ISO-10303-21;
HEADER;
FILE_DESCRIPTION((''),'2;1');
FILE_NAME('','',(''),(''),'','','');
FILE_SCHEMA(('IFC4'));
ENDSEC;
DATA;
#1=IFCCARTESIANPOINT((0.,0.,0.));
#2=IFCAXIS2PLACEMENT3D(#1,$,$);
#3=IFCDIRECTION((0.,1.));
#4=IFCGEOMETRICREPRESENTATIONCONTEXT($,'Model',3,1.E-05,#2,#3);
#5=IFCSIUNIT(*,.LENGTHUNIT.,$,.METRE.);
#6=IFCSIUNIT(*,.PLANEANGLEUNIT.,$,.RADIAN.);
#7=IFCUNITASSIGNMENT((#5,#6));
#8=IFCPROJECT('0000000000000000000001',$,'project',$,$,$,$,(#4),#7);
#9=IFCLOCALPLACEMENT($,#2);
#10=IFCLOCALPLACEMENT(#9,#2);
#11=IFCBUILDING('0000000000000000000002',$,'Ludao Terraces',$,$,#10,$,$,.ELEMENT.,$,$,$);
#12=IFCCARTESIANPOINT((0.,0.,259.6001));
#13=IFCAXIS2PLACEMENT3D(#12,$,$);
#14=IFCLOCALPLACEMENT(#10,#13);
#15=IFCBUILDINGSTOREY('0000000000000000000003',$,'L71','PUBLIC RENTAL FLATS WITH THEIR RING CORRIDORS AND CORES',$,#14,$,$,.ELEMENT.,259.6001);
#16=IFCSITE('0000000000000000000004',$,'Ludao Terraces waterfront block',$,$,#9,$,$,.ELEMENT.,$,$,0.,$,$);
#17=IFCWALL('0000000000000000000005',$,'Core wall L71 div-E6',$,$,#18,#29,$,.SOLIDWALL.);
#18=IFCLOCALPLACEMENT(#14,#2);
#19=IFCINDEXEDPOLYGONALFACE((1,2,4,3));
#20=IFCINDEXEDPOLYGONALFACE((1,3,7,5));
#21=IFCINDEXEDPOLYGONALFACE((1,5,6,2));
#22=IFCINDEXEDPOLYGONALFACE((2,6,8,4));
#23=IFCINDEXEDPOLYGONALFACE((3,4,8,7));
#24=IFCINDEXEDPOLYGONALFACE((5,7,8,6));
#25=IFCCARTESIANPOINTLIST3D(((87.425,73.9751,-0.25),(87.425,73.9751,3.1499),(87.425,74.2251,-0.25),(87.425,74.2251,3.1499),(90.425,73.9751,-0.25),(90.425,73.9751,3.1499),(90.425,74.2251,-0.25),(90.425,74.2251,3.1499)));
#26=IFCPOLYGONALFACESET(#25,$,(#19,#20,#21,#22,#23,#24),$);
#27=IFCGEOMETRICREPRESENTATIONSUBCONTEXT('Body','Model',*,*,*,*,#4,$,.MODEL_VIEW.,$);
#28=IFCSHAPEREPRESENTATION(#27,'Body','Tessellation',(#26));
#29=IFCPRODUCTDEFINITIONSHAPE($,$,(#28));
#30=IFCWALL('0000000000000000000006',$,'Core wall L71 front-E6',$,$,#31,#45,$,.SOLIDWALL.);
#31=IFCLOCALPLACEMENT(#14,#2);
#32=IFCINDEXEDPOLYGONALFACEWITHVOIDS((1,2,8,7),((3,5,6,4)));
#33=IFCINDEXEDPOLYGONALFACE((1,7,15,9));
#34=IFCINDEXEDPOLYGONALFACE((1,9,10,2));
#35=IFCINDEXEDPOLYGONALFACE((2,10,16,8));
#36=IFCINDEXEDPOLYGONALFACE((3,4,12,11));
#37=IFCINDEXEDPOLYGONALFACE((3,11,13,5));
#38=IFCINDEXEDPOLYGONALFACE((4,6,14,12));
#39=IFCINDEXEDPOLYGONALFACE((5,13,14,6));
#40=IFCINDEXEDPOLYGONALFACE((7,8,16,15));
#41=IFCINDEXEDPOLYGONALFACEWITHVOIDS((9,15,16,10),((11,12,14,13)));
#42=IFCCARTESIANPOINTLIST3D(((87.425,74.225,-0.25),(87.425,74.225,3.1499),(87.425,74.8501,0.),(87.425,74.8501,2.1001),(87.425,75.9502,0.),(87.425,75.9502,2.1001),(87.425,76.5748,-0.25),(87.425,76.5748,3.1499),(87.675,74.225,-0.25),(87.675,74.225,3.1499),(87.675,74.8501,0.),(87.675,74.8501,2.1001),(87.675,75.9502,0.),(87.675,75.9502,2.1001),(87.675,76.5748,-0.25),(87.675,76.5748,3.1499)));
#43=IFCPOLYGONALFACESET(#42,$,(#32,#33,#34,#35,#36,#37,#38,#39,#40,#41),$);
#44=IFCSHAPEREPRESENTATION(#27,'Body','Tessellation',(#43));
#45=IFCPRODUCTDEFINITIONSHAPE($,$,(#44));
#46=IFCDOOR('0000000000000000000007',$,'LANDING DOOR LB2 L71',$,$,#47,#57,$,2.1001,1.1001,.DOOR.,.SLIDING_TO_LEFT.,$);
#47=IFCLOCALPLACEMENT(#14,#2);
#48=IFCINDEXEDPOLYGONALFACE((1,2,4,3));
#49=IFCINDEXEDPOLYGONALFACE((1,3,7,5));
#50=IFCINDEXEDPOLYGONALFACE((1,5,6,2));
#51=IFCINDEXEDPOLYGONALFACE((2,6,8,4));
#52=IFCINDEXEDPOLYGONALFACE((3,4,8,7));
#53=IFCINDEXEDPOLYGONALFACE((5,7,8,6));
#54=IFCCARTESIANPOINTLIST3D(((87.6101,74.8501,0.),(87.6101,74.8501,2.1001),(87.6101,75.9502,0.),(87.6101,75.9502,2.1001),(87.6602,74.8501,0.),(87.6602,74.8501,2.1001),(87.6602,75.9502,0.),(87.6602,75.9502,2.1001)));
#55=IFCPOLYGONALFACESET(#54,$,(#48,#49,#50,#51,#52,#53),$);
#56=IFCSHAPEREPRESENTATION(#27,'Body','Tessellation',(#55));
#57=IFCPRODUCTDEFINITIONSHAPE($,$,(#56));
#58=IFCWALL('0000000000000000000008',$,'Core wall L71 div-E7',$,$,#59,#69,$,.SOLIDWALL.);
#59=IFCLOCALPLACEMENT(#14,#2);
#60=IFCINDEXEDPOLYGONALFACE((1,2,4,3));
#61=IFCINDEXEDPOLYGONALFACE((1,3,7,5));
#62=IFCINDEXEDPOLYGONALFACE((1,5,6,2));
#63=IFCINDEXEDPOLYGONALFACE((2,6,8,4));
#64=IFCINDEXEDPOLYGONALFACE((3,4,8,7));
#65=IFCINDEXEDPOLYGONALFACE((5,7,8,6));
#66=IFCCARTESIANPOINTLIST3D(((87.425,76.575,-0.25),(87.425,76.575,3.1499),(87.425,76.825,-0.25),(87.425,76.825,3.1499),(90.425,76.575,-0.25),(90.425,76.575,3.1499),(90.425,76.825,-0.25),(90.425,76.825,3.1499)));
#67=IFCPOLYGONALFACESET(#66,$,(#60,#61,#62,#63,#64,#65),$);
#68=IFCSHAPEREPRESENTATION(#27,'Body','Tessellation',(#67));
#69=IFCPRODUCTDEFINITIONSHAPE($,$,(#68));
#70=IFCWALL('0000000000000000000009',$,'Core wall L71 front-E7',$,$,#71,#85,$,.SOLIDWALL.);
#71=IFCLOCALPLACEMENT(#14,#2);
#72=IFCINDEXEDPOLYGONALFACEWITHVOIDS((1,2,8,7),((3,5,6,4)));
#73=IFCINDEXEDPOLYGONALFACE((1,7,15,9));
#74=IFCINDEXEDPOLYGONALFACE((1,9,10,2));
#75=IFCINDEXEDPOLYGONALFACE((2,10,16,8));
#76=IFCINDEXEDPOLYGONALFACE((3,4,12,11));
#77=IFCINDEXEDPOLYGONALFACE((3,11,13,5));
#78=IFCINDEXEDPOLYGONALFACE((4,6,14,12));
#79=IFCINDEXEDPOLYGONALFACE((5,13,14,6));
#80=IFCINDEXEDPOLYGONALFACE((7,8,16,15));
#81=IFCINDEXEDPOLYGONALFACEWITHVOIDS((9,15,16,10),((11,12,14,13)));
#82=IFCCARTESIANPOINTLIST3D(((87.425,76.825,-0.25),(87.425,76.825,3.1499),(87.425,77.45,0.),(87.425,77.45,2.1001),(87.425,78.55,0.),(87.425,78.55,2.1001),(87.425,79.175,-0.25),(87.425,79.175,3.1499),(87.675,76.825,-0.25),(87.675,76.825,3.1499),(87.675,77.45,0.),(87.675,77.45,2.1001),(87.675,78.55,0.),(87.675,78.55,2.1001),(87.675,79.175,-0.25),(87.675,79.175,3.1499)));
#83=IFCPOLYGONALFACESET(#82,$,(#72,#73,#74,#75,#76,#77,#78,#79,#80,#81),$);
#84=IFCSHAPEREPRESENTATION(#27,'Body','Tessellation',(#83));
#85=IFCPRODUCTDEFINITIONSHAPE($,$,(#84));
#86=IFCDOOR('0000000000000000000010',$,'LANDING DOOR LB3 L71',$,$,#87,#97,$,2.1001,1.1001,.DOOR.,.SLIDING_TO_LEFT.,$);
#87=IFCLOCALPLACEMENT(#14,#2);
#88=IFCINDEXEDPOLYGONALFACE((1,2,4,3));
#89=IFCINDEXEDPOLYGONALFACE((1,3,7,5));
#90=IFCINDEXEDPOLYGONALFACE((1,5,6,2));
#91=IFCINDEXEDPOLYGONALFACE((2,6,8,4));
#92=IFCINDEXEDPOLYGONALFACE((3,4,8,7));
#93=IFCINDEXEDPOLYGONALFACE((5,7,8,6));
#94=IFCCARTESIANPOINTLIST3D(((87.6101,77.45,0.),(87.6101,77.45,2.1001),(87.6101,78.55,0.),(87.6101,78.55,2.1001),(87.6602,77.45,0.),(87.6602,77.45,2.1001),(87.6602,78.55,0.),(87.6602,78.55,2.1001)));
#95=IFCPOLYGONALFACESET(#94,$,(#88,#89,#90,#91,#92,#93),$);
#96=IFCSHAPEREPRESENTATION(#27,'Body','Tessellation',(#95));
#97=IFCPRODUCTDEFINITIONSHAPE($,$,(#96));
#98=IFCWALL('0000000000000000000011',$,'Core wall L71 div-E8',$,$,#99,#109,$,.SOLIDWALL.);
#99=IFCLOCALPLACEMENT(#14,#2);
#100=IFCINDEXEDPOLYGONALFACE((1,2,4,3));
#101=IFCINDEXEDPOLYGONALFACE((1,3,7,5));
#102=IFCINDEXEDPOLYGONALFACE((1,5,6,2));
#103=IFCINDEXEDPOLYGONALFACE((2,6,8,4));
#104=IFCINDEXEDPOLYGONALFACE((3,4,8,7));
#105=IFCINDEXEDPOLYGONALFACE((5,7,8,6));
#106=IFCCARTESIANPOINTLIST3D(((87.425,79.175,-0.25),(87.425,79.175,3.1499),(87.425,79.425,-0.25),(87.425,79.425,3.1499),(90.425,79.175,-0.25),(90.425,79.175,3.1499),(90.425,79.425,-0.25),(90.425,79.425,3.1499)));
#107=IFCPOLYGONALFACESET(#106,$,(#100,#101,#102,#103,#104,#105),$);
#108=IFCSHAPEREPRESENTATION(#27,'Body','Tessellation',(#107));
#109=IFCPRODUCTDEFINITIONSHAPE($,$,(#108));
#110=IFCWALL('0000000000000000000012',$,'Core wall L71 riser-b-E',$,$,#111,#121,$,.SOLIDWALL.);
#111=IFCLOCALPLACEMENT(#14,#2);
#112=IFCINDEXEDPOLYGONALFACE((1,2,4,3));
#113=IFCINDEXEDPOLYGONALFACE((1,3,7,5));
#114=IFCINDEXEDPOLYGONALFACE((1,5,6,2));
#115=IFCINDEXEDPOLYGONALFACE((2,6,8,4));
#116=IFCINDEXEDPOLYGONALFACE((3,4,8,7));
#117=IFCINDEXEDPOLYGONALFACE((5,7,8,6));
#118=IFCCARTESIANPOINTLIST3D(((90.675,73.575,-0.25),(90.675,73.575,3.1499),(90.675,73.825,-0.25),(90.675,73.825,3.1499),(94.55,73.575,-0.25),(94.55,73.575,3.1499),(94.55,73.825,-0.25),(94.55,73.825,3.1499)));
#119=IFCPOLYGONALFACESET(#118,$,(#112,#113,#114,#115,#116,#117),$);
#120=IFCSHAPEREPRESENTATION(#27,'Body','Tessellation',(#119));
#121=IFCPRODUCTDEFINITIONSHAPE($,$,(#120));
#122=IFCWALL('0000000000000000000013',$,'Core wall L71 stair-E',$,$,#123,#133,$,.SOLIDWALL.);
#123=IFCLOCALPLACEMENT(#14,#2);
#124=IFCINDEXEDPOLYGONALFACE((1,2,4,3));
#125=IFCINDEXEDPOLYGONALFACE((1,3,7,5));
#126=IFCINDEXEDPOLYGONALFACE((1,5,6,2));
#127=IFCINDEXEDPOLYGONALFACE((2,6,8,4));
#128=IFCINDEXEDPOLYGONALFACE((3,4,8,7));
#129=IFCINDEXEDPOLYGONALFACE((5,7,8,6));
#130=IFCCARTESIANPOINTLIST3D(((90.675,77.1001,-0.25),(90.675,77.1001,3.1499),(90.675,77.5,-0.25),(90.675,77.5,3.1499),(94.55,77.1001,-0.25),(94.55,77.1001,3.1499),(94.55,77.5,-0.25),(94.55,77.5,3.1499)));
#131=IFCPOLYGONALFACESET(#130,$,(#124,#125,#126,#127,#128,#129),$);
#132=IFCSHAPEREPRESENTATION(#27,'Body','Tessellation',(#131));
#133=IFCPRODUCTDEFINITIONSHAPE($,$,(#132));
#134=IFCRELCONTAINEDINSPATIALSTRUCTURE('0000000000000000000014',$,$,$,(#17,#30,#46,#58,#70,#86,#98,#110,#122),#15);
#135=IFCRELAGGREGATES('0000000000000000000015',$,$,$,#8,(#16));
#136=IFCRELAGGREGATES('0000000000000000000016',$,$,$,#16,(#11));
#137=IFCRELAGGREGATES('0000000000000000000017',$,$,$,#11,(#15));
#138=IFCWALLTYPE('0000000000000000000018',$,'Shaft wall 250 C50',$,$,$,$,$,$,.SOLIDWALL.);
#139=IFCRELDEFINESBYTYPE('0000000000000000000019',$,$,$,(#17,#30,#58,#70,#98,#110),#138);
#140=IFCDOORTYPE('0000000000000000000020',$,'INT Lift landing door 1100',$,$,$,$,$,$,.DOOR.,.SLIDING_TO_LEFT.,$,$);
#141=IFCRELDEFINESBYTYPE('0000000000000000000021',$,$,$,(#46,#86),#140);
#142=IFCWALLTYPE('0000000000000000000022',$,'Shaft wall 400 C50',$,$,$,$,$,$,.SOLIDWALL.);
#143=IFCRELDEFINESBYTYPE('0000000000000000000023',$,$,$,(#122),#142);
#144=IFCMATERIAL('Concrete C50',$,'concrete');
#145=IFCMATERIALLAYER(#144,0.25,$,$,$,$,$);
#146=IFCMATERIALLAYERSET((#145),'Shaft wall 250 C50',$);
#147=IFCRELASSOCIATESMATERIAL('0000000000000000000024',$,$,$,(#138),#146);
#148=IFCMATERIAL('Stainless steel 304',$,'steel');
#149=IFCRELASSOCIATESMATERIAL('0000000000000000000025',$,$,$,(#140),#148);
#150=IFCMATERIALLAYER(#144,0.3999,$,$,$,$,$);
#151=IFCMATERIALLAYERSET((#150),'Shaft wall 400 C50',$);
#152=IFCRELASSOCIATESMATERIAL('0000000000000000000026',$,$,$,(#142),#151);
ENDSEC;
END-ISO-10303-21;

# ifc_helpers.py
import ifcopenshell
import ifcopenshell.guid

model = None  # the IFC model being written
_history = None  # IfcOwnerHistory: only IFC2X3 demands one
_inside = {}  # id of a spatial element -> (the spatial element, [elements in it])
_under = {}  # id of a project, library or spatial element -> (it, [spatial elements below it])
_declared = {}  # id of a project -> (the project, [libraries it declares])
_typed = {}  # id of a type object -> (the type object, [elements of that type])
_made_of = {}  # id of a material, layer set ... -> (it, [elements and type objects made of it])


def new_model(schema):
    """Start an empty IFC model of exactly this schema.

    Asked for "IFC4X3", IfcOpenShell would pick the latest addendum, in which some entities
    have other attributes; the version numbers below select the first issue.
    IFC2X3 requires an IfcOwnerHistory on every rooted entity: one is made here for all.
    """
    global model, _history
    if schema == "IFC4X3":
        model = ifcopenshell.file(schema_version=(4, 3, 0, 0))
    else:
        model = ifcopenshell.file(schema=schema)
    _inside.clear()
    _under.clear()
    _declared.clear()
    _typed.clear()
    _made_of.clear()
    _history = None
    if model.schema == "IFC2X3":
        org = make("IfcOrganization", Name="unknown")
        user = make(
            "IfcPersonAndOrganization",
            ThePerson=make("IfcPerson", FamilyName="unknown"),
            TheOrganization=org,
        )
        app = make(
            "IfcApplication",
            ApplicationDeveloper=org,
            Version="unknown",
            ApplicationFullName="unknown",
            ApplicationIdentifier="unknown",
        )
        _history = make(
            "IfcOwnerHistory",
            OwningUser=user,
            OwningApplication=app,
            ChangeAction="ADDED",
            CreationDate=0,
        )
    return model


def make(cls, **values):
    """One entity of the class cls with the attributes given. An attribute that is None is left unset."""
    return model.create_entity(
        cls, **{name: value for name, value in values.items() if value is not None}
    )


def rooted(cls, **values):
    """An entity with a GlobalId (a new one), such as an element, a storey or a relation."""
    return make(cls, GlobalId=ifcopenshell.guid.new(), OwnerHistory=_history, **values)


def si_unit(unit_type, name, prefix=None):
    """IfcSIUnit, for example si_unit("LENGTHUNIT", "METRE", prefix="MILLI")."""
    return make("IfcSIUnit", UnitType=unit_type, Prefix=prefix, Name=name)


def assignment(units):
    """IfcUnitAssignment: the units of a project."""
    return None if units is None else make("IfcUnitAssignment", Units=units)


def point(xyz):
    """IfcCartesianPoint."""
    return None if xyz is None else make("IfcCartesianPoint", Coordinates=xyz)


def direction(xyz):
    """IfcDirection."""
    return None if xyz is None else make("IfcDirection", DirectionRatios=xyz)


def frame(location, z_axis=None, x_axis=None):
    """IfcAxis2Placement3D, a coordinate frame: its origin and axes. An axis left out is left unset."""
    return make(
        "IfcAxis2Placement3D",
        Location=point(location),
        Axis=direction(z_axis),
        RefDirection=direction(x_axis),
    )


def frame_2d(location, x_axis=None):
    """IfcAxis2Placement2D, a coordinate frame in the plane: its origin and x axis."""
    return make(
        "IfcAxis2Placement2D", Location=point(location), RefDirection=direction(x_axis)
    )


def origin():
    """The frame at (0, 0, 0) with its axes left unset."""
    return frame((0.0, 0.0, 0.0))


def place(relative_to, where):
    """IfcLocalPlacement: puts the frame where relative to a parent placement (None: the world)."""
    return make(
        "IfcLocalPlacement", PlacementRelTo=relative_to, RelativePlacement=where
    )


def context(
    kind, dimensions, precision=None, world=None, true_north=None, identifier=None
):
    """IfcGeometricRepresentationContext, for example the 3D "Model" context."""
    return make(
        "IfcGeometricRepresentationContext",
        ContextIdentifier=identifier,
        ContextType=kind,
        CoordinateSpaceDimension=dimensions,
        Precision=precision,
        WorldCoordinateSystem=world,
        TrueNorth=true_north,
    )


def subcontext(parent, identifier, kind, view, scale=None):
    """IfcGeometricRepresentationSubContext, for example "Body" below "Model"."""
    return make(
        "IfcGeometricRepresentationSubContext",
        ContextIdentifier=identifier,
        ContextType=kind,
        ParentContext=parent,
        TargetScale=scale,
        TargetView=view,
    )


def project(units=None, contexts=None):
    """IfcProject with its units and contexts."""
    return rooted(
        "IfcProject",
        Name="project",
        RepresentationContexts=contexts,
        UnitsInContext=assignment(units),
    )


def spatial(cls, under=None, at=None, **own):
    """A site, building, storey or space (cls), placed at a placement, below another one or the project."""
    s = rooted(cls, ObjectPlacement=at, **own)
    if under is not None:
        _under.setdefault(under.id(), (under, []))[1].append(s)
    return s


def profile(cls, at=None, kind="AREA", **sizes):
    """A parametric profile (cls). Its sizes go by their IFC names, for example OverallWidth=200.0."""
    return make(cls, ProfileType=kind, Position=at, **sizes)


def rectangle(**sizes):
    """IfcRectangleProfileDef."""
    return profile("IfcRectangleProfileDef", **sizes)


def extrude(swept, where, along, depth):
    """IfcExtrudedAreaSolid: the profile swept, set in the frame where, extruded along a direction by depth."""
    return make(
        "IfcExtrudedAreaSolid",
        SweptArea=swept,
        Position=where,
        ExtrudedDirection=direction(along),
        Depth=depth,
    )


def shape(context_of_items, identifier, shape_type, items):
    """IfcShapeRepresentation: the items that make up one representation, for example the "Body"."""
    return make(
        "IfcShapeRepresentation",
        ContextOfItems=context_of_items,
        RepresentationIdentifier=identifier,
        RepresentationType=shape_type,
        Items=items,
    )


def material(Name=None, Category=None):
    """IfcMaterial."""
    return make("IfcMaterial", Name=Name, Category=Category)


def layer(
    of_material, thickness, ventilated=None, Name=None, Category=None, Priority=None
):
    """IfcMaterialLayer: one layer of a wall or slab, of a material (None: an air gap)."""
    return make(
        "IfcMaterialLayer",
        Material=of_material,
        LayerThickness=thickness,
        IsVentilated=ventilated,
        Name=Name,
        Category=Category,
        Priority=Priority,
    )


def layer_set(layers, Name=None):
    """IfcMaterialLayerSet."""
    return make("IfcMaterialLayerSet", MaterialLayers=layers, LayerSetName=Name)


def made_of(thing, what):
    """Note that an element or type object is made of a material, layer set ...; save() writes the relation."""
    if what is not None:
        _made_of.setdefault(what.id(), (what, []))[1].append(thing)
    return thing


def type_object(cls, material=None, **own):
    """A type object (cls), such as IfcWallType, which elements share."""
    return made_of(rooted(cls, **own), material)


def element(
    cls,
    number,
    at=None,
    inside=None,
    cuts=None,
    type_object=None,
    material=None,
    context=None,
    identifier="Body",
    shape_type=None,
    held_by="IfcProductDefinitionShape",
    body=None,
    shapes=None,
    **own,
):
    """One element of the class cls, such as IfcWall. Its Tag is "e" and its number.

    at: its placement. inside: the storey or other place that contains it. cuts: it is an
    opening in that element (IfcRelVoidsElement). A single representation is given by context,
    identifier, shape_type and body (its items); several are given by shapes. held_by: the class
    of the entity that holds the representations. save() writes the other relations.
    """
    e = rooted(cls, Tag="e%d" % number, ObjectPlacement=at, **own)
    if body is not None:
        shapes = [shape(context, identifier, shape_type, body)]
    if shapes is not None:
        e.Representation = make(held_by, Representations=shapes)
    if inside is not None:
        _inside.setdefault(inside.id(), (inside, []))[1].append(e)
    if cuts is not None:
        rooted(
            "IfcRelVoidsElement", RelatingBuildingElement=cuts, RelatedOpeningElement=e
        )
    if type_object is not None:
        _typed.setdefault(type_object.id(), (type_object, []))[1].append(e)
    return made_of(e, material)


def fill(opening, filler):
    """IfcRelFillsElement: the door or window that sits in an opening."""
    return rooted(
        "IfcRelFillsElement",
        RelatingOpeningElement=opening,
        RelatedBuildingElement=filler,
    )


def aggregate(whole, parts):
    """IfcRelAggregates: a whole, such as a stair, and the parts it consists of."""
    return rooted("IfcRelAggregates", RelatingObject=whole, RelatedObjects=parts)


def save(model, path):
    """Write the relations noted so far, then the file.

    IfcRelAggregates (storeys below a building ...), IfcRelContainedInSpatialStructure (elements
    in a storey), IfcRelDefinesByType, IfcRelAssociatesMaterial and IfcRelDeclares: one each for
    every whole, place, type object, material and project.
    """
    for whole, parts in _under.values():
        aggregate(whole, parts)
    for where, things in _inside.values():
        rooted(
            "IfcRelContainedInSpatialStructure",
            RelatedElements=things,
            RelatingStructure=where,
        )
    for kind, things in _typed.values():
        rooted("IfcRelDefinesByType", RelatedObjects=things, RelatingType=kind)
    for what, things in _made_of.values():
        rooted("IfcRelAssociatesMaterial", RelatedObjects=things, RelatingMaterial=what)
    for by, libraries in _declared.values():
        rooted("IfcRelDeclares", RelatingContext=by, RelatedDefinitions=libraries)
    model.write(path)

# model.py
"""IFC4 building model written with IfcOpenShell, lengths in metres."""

from ifc_helpers import new_model, si_unit, direction, frame, frame_2d, origin, place, context, subcontext, project, spatial, rectangle, extrude, material, layer, layer_set, type_object, element, fill, save


model = new_model("IFC4")

# Units and contexts
model_context = context("Model", 3, precision=1e-05, world=origin(), true_north=direction((0.0, 1.0)))
body_context = subcontext(model_context, "Body", "Model", "MODEL_VIEW")
ifc_project = project(units=[si_unit("LENGTHUNIT", "METRE"), si_unit("PLANEANGLEUNIT", "RADIAN")], contexts=[model_context])

# Site, building, storey
site_placement = place(None, origin())
site = spatial("IfcSite", under=ifc_project, at=site_placement, Name="Ludao Terraces waterfront block", CompositionType="ELEMENT", RefElevation=0.0)
building_placement = place(site_placement, origin())
building = spatial("IfcBuilding", under=site, at=building_placement, Name="Ludao Terraces", CompositionType="ELEMENT")
storey_placement = place(building_placement, frame((0.0, 0.0, 259.6001)))
storey = spatial("IfcBuildingStorey", under=building, at=storey_placement, Name="L71", Description="PUBLIC RENTAL FLATS WITH THEIR RING CORRIDORS AND CORES", CompositionType="ELEMENT", Elevation=259.6001)

# Shared definitions
ifc_material_1 = material(Name="Concrete C50", Category="concrete")
ifc_layer_1 = layer(ifc_material_1, 0.25)
ifc_layer_set_1 = layer_set([ifc_layer_1], Name="Shaft wall 250 C50")
wall_type_1 = type_object("IfcWallType", Name="Shaft wall 250 C50", PredefinedType="SOLIDWALL", material=ifc_layer_set_1)

# Shared definitions
ifc_material_2 = material(Name="Stainless steel 304", Category="steel")
door_type_1 = type_object("IfcDoorType", Name="INT Lift landing door 1100", OperationType="SLIDING_TO_LEFT", PredefinedType="DOOR", material=ifc_material_2)

# Wall
wall_1_placement = place(storey_placement, frame((87.425, 74.1001, -0.25), z_axis=(0.0, 0.0, 1.0), x_axis=(1.0, 0.0, 0.0)))
element("IfcWall", 1, at=wall_1_placement, inside=storey, type_object=wall_type_1, Name="Core wall L71 div-E6", PredefinedType="SOLIDWALL", context=body_context, shape_type="SweptSolid", body=[
    extrude(rectangle(XDim=3.0, YDim=0.25, at=frame_2d((1.5, 0.0))), origin(), (0.0, 0.0, 1.0), 3.3999),
])

# Wall, opening, door
wall_2_placement = place(storey_placement, frame((87.55, 74.2251, -0.25), z_axis=(0.0, 0.0, 1.0), x_axis=(0.0, 1.0, 0.0)))
wall_2 = element("IfcWall", 2, at=wall_2_placement, inside=storey, type_object=wall_type_1, Name="Core wall L71 front-E6", PredefinedType="SOLIDWALL", context=body_context, shape_type="SweptSolid", body=[
    extrude(rectangle(XDim=2.3499, YDim=0.25, at=frame_2d((1.1748, 0.0))), origin(), (0.0, 0.0, 1.0), 3.3999),
])
opening_1_placement = place(wall_2_placement, frame((0.625, 0.0, 0.25)))
opening_1 = element("IfcOpeningElement", 3, at=opening_1_placement, cuts=wall_2, PredefinedType="OPENING", context=body_context, shape_type="SweptSolid", body=[
    extrude(rectangle(XDim=1.1001, YDim=2.1001, at=frame_2d((0.55, 1.05))), frame((0.0, 0.135, 0.0), z_axis=(0.0, -1.0, 0.0), x_axis=(1.0, 0.0, 0.0)), (0.0, 0.0, 1.0), 0.27),
])
door_1_placement = place(opening_1_placement, origin())
door_1 = element("IfcDoor", 4, at=door_1_placement, inside=storey, type_object=door_type_1, Name="LANDING DOOR LB2 L71", OperationType="SLIDING_TO_LEFT", OverallHeight=2.1001, OverallWidth=1.1001, PredefinedType="DOOR", context=body_context, shape_type="SweptSolid", body=[
    extrude(rectangle(XDim=1.1001, YDim=2.1001, at=frame_2d((0.55, 1.05))), frame((0.0, -0.0601, 0.0), z_axis=(0.0, -1.0, 0.0), x_axis=(1.0, 0.0, 0.0)), (0.0, 0.0, 1.0), 0.05),
])
fill(opening_1, door_1)

# Wall
wall_3_placement = place(storey_placement, frame((87.425, 76.7, -0.25), z_axis=(0.0, 0.0, 1.0), x_axis=(1.0, 0.0, 0.0)))
element("IfcWall", 5, at=wall_3_placement, inside=storey, type_object=wall_type_1, Name="Core wall L71 div-E7", PredefinedType="SOLIDWALL", context=body_context, shape_type="SweptSolid", body=[
    extrude(rectangle(XDim=3.0, YDim=0.25, at=frame_2d((1.5, 0.0))), origin(), (0.0, 0.0, 1.0), 3.3999),
])

# Wall, opening, door
wall_4_placement = place(storey_placement, frame((87.55, 76.825, -0.25), z_axis=(0.0, 0.0, 1.0), x_axis=(0.0, 1.0, 0.0)))
wall_4 = element("IfcWall", 6, at=wall_4_placement, inside=storey, type_object=wall_type_1, Name="Core wall L71 front-E7", PredefinedType="SOLIDWALL", context=body_context, shape_type="SweptSolid", body=[
    extrude(rectangle(XDim=2.3501, YDim=0.25, at=frame_2d((1.175, 0.0))), origin(), (0.0, 0.0, 1.0), 3.3999),
])
opening_2_placement = place(wall_4_placement, frame((0.625, 0.0, 0.25)))
opening_2 = element("IfcOpeningElement", 7, at=opening_2_placement, cuts=wall_4, PredefinedType="OPENING", context=body_context, shape_type="SweptSolid", body=[
    extrude(rectangle(XDim=1.1001, YDim=2.1001, at=frame_2d((0.55, 1.05))), frame((0.0, 0.135, 0.0), z_axis=(0.0, -1.0, 0.0), x_axis=(1.0, 0.0, 0.0)), (0.0, 0.0, 1.0), 0.27),
])
door_2_placement = place(opening_2_placement, origin())
door_2 = element("IfcDoor", 8, at=door_2_placement, inside=storey, type_object=door_type_1, Name="LANDING DOOR LB3 L71", OperationType="SLIDING_TO_LEFT", OverallHeight=2.1001, OverallWidth=1.1001, PredefinedType="DOOR", context=body_context, shape_type="SweptSolid", body=[
    extrude(rectangle(XDim=1.1001, YDim=2.1001, at=frame_2d((0.55, 1.05))), frame((0.0, -0.0601, 0.0), z_axis=(0.0, -1.0, 0.0), x_axis=(1.0, 0.0, 0.0)), (0.0, 0.0, 1.0), 0.05),
])
fill(opening_2, door_2)

# Walls
wall_5_placement = place(storey_placement, frame((87.425, 79.3, -0.25), z_axis=(0.0, 0.0, 1.0), x_axis=(1.0, 0.0, 0.0)))
element("IfcWall", 9, at=wall_5_placement, inside=storey, type_object=wall_type_1, Name="Core wall L71 div-E8", PredefinedType="SOLIDWALL", context=body_context, shape_type="SweptSolid", body=[
    extrude(rectangle(XDim=3.0, YDim=0.25, at=frame_2d((1.5, 0.0))), origin(), (0.0, 0.0, 1.0), 3.3999),
])
wall_6_placement = place(storey_placement, frame((90.675, 73.7, -0.25), z_axis=(0.0, 0.0, 1.0), x_axis=(1.0, 0.0, 0.0)))
element("IfcWall", 10, at=wall_6_placement, inside=storey, type_object=wall_type_1, Name="Core wall L71 riser-b-E", PredefinedType="SOLIDWALL", context=body_context, shape_type="SweptSolid", body=[
    extrude(rectangle(XDim=3.875, YDim=0.25, at=frame_2d((1.9375, 0.0))), origin(), (0.0, 0.0, 1.0), 3.3999),
])
ifc_layer_2 = layer(ifc_material_1, 0.3999)
ifc_layer_set_2 = layer_set([ifc_layer_2], Name="Shaft wall 400 C50")
wall_type_2 = type_object("IfcWallType", Name="Shaft wall 400 C50", PredefinedType="SOLIDWALL", material=ifc_layer_set_2)
wall_7_placement = place(storey_placement, frame((90.675, 77.3, -0.25), z_axis=(0.0, 0.0, 1.0), x_axis=(1.0, 0.0, 0.0)))
element("IfcWall", 11, at=wall_7_placement, inside=storey, type_object=wall_type_2, Name="Core wall L71 stair-E", PredefinedType="SOLIDWALL", context=body_context, shape_type="SweptSolid", body=[
    extrude(rectangle(XDim=3.875, YDim=0.3999, at=frame_2d((1.9375, 0.0))), origin(), (0.0, 0.0, 1.0), 3.3999),
])

save(model, "model.ifc")
